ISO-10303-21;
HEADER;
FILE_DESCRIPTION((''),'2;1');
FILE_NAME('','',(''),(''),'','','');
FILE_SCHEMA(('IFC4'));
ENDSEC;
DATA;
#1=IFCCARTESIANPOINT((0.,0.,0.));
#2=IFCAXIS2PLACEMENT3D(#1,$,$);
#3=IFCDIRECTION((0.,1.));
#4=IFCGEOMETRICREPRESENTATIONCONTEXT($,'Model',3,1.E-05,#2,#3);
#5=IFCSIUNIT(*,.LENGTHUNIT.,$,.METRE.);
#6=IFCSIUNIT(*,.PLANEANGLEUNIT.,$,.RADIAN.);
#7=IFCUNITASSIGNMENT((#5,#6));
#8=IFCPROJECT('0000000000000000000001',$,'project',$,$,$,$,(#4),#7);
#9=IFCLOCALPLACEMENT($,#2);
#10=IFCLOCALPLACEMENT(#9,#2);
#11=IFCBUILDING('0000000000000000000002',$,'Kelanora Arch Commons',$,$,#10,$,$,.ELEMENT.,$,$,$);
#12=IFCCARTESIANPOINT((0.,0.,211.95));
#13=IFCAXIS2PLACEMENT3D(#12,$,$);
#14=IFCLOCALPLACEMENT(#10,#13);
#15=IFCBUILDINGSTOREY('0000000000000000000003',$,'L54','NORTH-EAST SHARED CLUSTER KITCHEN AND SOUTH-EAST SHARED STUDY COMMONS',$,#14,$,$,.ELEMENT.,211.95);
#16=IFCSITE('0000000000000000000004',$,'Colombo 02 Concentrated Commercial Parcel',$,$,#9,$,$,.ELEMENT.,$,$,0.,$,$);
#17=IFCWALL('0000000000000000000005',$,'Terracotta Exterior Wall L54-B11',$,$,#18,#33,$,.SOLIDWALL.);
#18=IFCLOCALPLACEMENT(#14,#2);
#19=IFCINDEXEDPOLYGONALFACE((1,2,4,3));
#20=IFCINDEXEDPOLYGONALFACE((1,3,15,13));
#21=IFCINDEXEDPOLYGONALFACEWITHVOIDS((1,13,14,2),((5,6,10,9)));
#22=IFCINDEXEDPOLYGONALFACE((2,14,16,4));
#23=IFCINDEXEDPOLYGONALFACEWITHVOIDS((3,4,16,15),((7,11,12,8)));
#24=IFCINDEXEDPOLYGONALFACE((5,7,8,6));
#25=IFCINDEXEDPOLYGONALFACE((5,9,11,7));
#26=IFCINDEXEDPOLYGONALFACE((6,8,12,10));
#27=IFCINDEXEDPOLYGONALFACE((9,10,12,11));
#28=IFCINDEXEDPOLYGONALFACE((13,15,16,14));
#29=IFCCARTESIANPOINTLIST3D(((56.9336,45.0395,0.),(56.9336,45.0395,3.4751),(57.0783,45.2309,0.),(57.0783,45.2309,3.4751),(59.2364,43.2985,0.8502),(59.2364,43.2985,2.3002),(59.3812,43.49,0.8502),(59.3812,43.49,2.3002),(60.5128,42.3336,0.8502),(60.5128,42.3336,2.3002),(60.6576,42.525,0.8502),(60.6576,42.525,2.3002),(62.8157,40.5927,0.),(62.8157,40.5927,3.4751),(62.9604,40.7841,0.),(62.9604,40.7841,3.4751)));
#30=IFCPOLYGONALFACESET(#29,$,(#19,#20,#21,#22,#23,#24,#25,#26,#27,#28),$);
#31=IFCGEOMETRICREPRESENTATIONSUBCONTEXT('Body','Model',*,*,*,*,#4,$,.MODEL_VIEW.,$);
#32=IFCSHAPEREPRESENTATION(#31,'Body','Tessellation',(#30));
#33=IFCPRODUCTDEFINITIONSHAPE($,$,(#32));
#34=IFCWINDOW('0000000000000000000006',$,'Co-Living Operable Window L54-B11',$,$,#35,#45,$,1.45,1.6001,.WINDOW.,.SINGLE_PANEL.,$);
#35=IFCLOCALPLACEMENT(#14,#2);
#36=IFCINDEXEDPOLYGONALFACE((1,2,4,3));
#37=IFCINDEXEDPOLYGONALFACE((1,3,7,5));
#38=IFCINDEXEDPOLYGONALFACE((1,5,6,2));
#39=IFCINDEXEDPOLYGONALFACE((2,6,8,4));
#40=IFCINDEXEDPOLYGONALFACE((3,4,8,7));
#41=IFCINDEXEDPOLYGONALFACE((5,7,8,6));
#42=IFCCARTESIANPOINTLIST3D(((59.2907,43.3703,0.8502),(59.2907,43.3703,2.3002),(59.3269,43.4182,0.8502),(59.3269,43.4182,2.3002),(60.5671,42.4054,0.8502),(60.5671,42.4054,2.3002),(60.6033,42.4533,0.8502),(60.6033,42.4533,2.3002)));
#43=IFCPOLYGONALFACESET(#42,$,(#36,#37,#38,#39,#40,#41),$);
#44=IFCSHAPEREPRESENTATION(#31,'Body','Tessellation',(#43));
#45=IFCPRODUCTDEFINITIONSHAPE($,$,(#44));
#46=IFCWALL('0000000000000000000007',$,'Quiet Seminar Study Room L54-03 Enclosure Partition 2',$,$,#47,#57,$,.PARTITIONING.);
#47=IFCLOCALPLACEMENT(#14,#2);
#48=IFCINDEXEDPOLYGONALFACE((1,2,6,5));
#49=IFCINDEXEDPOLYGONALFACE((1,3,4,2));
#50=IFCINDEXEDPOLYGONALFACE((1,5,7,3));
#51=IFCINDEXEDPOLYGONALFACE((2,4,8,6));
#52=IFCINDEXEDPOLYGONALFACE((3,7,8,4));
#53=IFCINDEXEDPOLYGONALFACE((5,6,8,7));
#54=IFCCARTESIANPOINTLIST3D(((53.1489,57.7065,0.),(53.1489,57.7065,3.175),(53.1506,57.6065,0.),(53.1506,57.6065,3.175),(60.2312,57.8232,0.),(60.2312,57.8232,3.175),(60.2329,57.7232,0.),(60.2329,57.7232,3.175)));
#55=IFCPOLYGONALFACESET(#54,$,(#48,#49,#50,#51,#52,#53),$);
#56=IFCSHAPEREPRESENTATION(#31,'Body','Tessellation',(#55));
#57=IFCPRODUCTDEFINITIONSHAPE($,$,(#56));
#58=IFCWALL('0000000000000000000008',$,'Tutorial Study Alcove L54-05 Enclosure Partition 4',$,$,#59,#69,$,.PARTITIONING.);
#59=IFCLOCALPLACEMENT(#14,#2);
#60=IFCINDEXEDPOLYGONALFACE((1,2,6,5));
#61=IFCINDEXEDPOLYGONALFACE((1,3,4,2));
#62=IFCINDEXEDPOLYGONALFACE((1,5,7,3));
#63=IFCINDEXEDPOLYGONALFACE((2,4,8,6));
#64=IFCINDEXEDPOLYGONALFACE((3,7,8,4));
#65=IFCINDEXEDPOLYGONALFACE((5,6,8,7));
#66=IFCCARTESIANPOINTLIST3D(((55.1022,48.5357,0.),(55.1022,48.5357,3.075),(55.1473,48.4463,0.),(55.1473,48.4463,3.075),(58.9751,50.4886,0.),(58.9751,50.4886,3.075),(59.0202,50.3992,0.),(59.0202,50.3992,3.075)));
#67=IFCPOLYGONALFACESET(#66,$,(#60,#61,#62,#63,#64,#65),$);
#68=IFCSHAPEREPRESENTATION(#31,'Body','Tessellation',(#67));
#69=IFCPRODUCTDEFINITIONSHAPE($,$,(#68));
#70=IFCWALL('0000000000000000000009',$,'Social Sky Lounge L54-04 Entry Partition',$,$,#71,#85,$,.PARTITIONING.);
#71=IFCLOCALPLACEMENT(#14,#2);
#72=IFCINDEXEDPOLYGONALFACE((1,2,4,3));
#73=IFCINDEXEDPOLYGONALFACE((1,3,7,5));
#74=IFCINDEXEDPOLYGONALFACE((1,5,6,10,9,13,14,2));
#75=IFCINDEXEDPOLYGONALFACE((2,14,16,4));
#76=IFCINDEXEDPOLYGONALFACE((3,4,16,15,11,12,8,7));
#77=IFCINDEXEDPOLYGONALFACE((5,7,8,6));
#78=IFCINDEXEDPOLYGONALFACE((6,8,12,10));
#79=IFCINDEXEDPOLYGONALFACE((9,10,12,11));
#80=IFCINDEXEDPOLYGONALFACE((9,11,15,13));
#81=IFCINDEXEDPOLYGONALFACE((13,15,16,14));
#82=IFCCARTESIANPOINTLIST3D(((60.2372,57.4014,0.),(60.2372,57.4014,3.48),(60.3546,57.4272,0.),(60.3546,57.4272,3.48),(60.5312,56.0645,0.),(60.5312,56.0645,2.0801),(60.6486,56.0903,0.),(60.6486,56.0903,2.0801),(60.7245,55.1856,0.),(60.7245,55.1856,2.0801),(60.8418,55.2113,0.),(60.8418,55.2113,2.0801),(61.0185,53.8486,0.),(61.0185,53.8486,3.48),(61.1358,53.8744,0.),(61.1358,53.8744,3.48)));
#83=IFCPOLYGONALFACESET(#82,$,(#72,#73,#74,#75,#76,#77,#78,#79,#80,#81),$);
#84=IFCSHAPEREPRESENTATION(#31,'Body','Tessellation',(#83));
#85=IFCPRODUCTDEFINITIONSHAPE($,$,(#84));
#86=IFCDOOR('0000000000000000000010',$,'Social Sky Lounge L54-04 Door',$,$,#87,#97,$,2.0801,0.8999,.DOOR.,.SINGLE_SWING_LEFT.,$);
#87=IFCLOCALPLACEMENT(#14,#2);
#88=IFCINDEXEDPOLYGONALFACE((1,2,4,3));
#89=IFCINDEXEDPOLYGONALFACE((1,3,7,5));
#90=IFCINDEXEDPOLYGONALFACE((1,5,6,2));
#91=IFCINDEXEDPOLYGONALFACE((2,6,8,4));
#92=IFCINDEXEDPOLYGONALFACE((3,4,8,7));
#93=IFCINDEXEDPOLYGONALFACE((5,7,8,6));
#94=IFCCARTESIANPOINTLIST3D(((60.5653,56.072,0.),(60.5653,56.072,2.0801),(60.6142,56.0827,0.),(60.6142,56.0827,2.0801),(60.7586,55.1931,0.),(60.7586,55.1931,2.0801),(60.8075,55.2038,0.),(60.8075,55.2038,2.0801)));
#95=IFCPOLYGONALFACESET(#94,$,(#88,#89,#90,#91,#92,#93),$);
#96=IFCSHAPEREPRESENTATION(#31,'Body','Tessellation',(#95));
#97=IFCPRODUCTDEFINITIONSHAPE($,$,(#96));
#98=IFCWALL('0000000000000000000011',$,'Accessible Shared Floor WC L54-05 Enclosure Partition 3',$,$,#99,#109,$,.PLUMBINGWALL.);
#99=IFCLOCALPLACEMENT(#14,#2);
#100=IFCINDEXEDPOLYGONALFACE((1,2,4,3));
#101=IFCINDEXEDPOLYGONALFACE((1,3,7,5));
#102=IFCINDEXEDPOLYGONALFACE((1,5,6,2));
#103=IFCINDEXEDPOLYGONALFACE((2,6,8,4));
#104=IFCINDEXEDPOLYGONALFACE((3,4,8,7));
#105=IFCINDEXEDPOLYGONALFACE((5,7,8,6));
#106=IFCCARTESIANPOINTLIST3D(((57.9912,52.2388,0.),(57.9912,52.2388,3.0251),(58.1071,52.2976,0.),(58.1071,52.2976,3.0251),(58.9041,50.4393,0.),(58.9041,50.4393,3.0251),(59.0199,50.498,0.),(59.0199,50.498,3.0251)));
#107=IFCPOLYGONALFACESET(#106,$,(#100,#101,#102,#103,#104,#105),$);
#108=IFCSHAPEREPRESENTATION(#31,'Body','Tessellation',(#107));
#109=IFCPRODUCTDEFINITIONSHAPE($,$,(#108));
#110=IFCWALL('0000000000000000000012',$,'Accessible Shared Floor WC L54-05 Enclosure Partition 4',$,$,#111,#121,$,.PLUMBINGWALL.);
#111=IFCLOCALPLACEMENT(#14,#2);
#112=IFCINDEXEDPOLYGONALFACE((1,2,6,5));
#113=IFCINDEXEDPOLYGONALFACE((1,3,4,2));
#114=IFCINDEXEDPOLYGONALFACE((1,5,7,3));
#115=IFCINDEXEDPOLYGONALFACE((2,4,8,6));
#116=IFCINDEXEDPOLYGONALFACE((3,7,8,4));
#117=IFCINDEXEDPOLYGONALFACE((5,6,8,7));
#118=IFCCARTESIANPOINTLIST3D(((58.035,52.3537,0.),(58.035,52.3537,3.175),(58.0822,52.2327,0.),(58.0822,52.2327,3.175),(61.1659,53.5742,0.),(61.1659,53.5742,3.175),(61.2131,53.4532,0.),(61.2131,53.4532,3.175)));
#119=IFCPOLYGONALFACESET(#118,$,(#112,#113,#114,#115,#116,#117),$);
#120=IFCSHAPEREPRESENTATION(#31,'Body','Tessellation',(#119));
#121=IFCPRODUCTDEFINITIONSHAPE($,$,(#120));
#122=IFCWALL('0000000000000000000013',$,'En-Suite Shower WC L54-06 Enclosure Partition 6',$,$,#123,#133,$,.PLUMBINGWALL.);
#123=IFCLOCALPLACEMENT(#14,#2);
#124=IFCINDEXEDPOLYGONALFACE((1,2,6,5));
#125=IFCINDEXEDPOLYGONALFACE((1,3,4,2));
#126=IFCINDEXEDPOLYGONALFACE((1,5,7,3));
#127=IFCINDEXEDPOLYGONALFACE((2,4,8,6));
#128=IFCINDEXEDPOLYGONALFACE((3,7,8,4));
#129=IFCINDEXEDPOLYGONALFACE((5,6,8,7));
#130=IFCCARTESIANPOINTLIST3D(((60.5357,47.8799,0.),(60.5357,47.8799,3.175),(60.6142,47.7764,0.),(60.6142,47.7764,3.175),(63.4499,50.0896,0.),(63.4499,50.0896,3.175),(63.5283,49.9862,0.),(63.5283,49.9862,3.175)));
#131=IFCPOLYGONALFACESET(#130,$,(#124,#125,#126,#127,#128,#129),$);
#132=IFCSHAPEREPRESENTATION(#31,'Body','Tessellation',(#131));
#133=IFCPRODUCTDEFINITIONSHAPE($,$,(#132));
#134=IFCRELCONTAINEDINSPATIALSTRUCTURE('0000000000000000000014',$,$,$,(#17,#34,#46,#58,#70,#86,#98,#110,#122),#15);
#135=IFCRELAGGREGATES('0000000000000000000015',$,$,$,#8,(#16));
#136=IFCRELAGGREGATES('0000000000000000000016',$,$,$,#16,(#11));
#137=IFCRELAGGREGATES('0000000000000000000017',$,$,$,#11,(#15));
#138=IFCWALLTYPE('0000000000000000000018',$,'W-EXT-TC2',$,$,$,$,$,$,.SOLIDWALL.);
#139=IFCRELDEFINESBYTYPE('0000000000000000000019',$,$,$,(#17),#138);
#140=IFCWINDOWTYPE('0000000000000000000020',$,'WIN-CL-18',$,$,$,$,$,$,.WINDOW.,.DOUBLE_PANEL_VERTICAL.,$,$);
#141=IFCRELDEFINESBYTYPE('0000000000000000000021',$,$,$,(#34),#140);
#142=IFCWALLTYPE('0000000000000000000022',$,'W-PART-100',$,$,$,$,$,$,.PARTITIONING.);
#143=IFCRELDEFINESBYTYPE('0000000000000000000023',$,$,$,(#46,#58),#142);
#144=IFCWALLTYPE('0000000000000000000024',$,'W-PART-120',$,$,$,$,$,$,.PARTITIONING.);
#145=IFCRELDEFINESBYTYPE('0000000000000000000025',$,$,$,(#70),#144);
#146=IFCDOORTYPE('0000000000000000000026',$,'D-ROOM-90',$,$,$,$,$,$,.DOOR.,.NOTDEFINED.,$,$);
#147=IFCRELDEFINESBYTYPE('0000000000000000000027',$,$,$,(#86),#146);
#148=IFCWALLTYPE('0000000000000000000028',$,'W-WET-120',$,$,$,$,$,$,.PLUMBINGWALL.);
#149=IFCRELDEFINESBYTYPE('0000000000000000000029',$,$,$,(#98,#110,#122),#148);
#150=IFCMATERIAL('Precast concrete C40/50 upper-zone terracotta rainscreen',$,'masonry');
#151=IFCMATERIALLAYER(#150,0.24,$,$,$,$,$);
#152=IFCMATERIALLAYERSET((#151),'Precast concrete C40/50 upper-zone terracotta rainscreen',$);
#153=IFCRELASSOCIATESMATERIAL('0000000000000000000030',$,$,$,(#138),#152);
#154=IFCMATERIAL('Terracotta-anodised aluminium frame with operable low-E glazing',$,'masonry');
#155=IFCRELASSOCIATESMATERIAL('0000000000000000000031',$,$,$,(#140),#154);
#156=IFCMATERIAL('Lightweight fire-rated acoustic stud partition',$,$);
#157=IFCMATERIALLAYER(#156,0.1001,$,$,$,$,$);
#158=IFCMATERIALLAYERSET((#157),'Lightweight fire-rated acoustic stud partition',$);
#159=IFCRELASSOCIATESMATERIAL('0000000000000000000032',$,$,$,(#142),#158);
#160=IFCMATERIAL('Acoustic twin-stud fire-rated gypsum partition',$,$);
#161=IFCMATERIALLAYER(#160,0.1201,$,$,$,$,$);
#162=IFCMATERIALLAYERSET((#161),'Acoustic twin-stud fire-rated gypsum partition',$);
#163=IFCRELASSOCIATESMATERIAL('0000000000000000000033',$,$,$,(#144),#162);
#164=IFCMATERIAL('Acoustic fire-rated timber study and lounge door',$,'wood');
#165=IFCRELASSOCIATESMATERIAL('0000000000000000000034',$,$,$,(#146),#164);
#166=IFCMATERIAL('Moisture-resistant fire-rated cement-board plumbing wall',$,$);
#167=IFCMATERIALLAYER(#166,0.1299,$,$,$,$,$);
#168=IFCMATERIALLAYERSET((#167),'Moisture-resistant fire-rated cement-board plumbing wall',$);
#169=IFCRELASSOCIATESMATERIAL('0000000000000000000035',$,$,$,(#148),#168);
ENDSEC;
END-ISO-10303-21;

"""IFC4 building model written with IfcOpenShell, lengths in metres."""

from ifc_helpers import new_model, si_unit, direction, frame, frame_2d, origin, place, context, subcontext, project, spatial, rectangle, extrude, material, layer, layer_set, type_object, element, fill, save


model = new_model("IFC4")

# Units and contexts
model_context = context("Model", 3, precision=1e-05, world=origin(), true_north=direction((0.0, 1.0)))
body_context = subcontext(model_context, "Body", "Model", "MODEL_VIEW")
ifc_project = project(units=[si_unit("LENGTHUNIT", "METRE"), si_unit("PLANEANGLEUNIT", "RADIAN")], contexts=[model_context])

# Site, building, storey
site_placement = place(None, origin())
site = spatial("IfcSite", under=ifc_project, at=site_placement, Name="Colombo 02 Concentrated Commercial Parcel", CompositionType="ELEMENT", RefElevation=0.0)
building_placement = place(site_placement, origin())
building = spatial("IfcBuilding", under=site, at=building_placement, Name="Kelanora Arch Commons", CompositionType="ELEMENT")
storey_placement = place(building_placement, frame((0.0, 0.0, 211.95)))
storey = spatial("IfcBuildingStorey", under=building, at=storey_placement, Name="L54", Description="NORTH-EAST SHARED CLUSTER KITCHEN AND SOUTH-EAST SHARED STUDY COMMONS", CompositionType="ELEMENT", Elevation=211.95)

# Wall, opening, window
ifc_material_1 = material(Name="Precast concrete C40/50 upper-zone terracotta rainscreen", Category="masonry")
ifc_layer_1 = layer(ifc_material_1, 0.24)
ifc_layer_set_1 = layer_set([ifc_layer_1], Name="Precast concrete C40/50 upper-zone terracotta rainscreen")
wall_type_1 = type_object("IfcWallType", Name="W-EXT-TC2", PredefinedType="SOLIDWALL", material=ifc_layer_set_1)
wall_1_placement = place(storey_placement, frame((57.0059, 45.1353, 0.0), z_axis=(0.0, 0.0, 1.0), x_axis=(0.797702, -0.603052, 0.0)))
wall_1 = element("IfcWall", 1, at=wall_1_placement, inside=storey, type_object=wall_type_1, Name="Terracotta Exterior Wall L54-B11", PredefinedType="SOLIDWALL", context=body_context, shape_type="SweptSolid", body=[
    extrude(rectangle(XDim=7.3738, YDim=0.24, at=frame_2d((3.687, 0.0))), origin(), (0.0, 0.0, 1.0), 3.4751),
])
opening_1_placement = place(wall_1_placement, frame((2.887, 0.0, 0.8501)))
opening_1 = element("IfcOpeningElement", 2, at=opening_1_placement, cuts=wall_1, PredefinedType="OPENING", context=body_context, shape_type="SweptSolid", body=[
    extrude(rectangle(XDim=1.6001, YDim=1.45, at=frame_2d((0.8, 0.7251))), frame((0.0, 0.1299, 0.0), z_axis=(0.0, -1.0, 0.0), x_axis=(1.0, 0.0, 0.0)), (0.0, 0.0, 1.0), 0.26),
])
ifc_material_2 = material(Name="Terracotta-anodised aluminium frame with operable low-E glazing", Category="masonry")
window_type = type_object("IfcWindowType", Name="WIN-CL-18", PartitioningType="DOUBLE_PANEL_VERTICAL", PredefinedType="WINDOW", material=ifc_material_2)
window_placement = place(opening_1_placement, origin())
window = element("IfcWindow", 3, at=window_placement, inside=storey, type_object=window_type, Name="Co-Living Operable Window L54-B11", OverallHeight=1.45, OverallWidth=1.6001, PartitioningType="SINGLE_PANEL", PredefinedType="WINDOW", context=body_context, shape_type="SweptSolid", body=[
    extrude(rectangle(XDim=1.6001, YDim=1.45, at=frame_2d((0.8, 0.7251))), frame((0.0, 0.03, 0.0), z_axis=(0.0, -1.0, 0.0), x_axis=(1.0, 0.0, 0.0)), (0.0, 0.0, 1.0), 0.0601),
])
fill(opening_1, window)

# Walls
ifc_material_3 = material(Name="Lightweight fire-rated acoustic stud partition")
ifc_layer_2 = layer(ifc_material_3, 0.1001)
ifc_layer_set_2 = layer_set([ifc_layer_2], Name="Lightweight fire-rated acoustic stud partition")
wall_type_2 = type_object("IfcWallType", Name="W-PART-100", PredefinedType="PARTITIONING", material=ifc_layer_set_2)
wall_2_placement = place(storey_placement, frame((60.2319, 57.7732, 0.0), z_axis=(0.0, 0.0, 1.0), x_axis=(-0.999864, -0.016475, 0.0)))
element("IfcWall", 4, at=wall_2_placement, inside=storey, type_object=wall_type_2, Name="Quiet Seminar Study Room L54-03 Enclosure Partition 2", PredefinedType="PARTITIONING", context=body_context, shape_type="SweptSolid", body=[
    extrude(rectangle(XDim=7.0833, YDim=0.1001, at=frame_2d((3.5415, 0.0))), origin(), (0.0, 0.0, 1.0), 3.175),
])
wall_3_placement = place(storey_placement, frame((55.1248, 48.491, 0.0), z_axis=(0.0, 0.0, 1.0), x_axis=(0.892902, 0.450251, 0.0)))
element("IfcWall", 5, at=wall_3_placement, inside=storey, type_object=wall_type_2, Name="Tutorial Study Alcove L54-05 Enclosure Partition 4", PredefinedType="PARTITIONING", context=body_context, shape_type="SweptSolid", body=[
    extrude(rectangle(XDim=4.3374, YDim=0.1001, at=frame_2d((2.1687, 0.0))), origin(), (0.0, 0.0, 1.0), 3.075),
])

# Wall, opening, door
ifc_material_4 = material(Name="Acoustic twin-stud fire-rated gypsum partition")
ifc_layer_3 = layer(ifc_material_4, 0.1201)
ifc_layer_set_3 = layer_set([ifc_layer_3], Name="Acoustic twin-stud fire-rated gypsum partition")
wall_type_3 = type_object("IfcWallType", Name="W-PART-120", PredefinedType="PARTITIONING", material=ifc_layer_set_3)
wall_4_placement = place(storey_placement, frame((60.2959, 57.4143, 0.0), z_axis=(0.0, 0.0, 1.0), x_axis=(0.21477, -0.976665, 0.0)))
wall_4 = element("IfcWall", 6, at=wall_4_placement, inside=storey, type_object=wall_type_3, Name="Social Sky Lounge L54-04 Entry Partition", PredefinedType="PARTITIONING", context=body_context, shape_type="SweptSolid", body=[
    extrude(rectangle(XDim=3.6377, YDim=0.1201, at=frame_2d((1.8188, 0.0))), origin(), (0.0, 0.0, 1.0), 3.48),
])
opening_2_placement = place(wall_4_placement, frame((1.3689, 0.0, 0.0)))
opening_2 = element("IfcOpeningElement", 7, at=opening_2_placement, cuts=wall_4, PredefinedType="OPENING", context=body_context, shape_type="SweptSolid", body=[
    extrude(rectangle(XDim=0.8999, YDim=2.0801, at=frame_2d((0.45, 1.04))), frame((0.0, 0.0701, 0.0), z_axis=(0.0, -1.0, 0.0), x_axis=(1.0, 0.0, 0.0)), (0.0, 0.0, 1.0), 0.1401),
])
ifc_material_5 = material(Name="Acoustic fire-rated timber study and lounge door", Category="wood")
door_type = type_object("IfcDoorType", Name="D-ROOM-90", OperationType="NOTDEFINED", PredefinedType="DOOR", material=ifc_material_5)
door_placement = place(opening_2_placement, origin())
door = element("IfcDoor", 8, at=door_placement, inside=storey, type_object=door_type, Name="Social Sky Lounge L54-04 Door", OperationType="SINGLE_SWING_LEFT", OverallHeight=2.0801, OverallWidth=0.8999, PredefinedType="DOOR", context=body_context, shape_type="SweptSolid", body=[
    extrude(rectangle(XDim=0.8999, YDim=2.0801, at=frame_2d((0.45, 1.04))), frame((0.0, 0.0249, 0.0), z_axis=(0.0, -1.0, 0.0), x_axis=(1.0, 0.0, 0.0)), (0.0, 0.0, 1.0), 0.05),
])
fill(opening_2, door)

# Walls
ifc_material_6 = material(Name="Moisture-resistant fire-rated cement-board plumbing wall")
ifc_layer_4 = layer(ifc_material_6, 0.1299)
ifc_layer_set_4 = layer_set([ifc_layer_4], Name="Moisture-resistant fire-rated cement-board plumbing wall")
wall_type_4 = type_object("IfcWallType", Name="W-WET-120", PredefinedType="PLUMBINGWALL", material=ifc_layer_set_4)
wall_5_placement = place(storey_placement, frame((58.9619, 50.4688, 0.0), z_axis=(0.0, 0.0, 1.0), x_axis=(-0.452385, 0.891823, 0.0)))
element("IfcWall", 9, at=wall_5_placement, inside=storey, type_object=wall_type_4, Name="Accessible Shared Floor WC L54-05 Enclosure Partition 3", PredefinedType="PLUMBINGWALL", context=body_context, shape_type="SweptSolid", body=[
    extrude(rectangle(XDim=2.0178, YDim=0.1299, at=frame_2d((1.0088, 0.0))), origin(), (0.0, 0.0, 1.0), 3.0251),
])
wall_6_placement = place(storey_placement, frame((58.0586, 52.2932, 0.0), z_axis=(0.0, 0.0, 1.0), x_axis=(0.931713, 0.363196, 0.0)))
element("IfcWall", 10, at=wall_6_placement, inside=storey, type_object=wall_type_4, Name="Accessible Shared Floor WC L54-05 Enclosure Partition 4", PredefinedType="PLUMBINGWALL", context=body_context, shape_type="SweptSolid", body=[
    extrude(rectangle(XDim=3.3604, YDim=0.1299, at=frame_2d((1.6802, 0.0))), origin(), (0.0, 0.0, 1.0), 3.175),
])
wall_7_placement = place(storey_placement, frame((60.575, 47.8281, 0.0), z_axis=(0.0, 0.0, 1.0), x_axis=(0.796817, 0.604221, 0.0)))
element("IfcWall", 11, at=wall_7_placement, inside=storey, type_object=wall_type_4, Name="En-Suite Shower WC L54-06 Enclosure Partition 6", PredefinedType="PLUMBINGWALL", context=body_context, shape_type="SweptSolid", body=[
    extrude(rectangle(XDim=3.6572, YDim=0.1299, at=frame_2d((1.8286, 0.0))), origin(), (0.0, 0.0, 1.0), 3.175),
])

save(model, "model.ifc")
